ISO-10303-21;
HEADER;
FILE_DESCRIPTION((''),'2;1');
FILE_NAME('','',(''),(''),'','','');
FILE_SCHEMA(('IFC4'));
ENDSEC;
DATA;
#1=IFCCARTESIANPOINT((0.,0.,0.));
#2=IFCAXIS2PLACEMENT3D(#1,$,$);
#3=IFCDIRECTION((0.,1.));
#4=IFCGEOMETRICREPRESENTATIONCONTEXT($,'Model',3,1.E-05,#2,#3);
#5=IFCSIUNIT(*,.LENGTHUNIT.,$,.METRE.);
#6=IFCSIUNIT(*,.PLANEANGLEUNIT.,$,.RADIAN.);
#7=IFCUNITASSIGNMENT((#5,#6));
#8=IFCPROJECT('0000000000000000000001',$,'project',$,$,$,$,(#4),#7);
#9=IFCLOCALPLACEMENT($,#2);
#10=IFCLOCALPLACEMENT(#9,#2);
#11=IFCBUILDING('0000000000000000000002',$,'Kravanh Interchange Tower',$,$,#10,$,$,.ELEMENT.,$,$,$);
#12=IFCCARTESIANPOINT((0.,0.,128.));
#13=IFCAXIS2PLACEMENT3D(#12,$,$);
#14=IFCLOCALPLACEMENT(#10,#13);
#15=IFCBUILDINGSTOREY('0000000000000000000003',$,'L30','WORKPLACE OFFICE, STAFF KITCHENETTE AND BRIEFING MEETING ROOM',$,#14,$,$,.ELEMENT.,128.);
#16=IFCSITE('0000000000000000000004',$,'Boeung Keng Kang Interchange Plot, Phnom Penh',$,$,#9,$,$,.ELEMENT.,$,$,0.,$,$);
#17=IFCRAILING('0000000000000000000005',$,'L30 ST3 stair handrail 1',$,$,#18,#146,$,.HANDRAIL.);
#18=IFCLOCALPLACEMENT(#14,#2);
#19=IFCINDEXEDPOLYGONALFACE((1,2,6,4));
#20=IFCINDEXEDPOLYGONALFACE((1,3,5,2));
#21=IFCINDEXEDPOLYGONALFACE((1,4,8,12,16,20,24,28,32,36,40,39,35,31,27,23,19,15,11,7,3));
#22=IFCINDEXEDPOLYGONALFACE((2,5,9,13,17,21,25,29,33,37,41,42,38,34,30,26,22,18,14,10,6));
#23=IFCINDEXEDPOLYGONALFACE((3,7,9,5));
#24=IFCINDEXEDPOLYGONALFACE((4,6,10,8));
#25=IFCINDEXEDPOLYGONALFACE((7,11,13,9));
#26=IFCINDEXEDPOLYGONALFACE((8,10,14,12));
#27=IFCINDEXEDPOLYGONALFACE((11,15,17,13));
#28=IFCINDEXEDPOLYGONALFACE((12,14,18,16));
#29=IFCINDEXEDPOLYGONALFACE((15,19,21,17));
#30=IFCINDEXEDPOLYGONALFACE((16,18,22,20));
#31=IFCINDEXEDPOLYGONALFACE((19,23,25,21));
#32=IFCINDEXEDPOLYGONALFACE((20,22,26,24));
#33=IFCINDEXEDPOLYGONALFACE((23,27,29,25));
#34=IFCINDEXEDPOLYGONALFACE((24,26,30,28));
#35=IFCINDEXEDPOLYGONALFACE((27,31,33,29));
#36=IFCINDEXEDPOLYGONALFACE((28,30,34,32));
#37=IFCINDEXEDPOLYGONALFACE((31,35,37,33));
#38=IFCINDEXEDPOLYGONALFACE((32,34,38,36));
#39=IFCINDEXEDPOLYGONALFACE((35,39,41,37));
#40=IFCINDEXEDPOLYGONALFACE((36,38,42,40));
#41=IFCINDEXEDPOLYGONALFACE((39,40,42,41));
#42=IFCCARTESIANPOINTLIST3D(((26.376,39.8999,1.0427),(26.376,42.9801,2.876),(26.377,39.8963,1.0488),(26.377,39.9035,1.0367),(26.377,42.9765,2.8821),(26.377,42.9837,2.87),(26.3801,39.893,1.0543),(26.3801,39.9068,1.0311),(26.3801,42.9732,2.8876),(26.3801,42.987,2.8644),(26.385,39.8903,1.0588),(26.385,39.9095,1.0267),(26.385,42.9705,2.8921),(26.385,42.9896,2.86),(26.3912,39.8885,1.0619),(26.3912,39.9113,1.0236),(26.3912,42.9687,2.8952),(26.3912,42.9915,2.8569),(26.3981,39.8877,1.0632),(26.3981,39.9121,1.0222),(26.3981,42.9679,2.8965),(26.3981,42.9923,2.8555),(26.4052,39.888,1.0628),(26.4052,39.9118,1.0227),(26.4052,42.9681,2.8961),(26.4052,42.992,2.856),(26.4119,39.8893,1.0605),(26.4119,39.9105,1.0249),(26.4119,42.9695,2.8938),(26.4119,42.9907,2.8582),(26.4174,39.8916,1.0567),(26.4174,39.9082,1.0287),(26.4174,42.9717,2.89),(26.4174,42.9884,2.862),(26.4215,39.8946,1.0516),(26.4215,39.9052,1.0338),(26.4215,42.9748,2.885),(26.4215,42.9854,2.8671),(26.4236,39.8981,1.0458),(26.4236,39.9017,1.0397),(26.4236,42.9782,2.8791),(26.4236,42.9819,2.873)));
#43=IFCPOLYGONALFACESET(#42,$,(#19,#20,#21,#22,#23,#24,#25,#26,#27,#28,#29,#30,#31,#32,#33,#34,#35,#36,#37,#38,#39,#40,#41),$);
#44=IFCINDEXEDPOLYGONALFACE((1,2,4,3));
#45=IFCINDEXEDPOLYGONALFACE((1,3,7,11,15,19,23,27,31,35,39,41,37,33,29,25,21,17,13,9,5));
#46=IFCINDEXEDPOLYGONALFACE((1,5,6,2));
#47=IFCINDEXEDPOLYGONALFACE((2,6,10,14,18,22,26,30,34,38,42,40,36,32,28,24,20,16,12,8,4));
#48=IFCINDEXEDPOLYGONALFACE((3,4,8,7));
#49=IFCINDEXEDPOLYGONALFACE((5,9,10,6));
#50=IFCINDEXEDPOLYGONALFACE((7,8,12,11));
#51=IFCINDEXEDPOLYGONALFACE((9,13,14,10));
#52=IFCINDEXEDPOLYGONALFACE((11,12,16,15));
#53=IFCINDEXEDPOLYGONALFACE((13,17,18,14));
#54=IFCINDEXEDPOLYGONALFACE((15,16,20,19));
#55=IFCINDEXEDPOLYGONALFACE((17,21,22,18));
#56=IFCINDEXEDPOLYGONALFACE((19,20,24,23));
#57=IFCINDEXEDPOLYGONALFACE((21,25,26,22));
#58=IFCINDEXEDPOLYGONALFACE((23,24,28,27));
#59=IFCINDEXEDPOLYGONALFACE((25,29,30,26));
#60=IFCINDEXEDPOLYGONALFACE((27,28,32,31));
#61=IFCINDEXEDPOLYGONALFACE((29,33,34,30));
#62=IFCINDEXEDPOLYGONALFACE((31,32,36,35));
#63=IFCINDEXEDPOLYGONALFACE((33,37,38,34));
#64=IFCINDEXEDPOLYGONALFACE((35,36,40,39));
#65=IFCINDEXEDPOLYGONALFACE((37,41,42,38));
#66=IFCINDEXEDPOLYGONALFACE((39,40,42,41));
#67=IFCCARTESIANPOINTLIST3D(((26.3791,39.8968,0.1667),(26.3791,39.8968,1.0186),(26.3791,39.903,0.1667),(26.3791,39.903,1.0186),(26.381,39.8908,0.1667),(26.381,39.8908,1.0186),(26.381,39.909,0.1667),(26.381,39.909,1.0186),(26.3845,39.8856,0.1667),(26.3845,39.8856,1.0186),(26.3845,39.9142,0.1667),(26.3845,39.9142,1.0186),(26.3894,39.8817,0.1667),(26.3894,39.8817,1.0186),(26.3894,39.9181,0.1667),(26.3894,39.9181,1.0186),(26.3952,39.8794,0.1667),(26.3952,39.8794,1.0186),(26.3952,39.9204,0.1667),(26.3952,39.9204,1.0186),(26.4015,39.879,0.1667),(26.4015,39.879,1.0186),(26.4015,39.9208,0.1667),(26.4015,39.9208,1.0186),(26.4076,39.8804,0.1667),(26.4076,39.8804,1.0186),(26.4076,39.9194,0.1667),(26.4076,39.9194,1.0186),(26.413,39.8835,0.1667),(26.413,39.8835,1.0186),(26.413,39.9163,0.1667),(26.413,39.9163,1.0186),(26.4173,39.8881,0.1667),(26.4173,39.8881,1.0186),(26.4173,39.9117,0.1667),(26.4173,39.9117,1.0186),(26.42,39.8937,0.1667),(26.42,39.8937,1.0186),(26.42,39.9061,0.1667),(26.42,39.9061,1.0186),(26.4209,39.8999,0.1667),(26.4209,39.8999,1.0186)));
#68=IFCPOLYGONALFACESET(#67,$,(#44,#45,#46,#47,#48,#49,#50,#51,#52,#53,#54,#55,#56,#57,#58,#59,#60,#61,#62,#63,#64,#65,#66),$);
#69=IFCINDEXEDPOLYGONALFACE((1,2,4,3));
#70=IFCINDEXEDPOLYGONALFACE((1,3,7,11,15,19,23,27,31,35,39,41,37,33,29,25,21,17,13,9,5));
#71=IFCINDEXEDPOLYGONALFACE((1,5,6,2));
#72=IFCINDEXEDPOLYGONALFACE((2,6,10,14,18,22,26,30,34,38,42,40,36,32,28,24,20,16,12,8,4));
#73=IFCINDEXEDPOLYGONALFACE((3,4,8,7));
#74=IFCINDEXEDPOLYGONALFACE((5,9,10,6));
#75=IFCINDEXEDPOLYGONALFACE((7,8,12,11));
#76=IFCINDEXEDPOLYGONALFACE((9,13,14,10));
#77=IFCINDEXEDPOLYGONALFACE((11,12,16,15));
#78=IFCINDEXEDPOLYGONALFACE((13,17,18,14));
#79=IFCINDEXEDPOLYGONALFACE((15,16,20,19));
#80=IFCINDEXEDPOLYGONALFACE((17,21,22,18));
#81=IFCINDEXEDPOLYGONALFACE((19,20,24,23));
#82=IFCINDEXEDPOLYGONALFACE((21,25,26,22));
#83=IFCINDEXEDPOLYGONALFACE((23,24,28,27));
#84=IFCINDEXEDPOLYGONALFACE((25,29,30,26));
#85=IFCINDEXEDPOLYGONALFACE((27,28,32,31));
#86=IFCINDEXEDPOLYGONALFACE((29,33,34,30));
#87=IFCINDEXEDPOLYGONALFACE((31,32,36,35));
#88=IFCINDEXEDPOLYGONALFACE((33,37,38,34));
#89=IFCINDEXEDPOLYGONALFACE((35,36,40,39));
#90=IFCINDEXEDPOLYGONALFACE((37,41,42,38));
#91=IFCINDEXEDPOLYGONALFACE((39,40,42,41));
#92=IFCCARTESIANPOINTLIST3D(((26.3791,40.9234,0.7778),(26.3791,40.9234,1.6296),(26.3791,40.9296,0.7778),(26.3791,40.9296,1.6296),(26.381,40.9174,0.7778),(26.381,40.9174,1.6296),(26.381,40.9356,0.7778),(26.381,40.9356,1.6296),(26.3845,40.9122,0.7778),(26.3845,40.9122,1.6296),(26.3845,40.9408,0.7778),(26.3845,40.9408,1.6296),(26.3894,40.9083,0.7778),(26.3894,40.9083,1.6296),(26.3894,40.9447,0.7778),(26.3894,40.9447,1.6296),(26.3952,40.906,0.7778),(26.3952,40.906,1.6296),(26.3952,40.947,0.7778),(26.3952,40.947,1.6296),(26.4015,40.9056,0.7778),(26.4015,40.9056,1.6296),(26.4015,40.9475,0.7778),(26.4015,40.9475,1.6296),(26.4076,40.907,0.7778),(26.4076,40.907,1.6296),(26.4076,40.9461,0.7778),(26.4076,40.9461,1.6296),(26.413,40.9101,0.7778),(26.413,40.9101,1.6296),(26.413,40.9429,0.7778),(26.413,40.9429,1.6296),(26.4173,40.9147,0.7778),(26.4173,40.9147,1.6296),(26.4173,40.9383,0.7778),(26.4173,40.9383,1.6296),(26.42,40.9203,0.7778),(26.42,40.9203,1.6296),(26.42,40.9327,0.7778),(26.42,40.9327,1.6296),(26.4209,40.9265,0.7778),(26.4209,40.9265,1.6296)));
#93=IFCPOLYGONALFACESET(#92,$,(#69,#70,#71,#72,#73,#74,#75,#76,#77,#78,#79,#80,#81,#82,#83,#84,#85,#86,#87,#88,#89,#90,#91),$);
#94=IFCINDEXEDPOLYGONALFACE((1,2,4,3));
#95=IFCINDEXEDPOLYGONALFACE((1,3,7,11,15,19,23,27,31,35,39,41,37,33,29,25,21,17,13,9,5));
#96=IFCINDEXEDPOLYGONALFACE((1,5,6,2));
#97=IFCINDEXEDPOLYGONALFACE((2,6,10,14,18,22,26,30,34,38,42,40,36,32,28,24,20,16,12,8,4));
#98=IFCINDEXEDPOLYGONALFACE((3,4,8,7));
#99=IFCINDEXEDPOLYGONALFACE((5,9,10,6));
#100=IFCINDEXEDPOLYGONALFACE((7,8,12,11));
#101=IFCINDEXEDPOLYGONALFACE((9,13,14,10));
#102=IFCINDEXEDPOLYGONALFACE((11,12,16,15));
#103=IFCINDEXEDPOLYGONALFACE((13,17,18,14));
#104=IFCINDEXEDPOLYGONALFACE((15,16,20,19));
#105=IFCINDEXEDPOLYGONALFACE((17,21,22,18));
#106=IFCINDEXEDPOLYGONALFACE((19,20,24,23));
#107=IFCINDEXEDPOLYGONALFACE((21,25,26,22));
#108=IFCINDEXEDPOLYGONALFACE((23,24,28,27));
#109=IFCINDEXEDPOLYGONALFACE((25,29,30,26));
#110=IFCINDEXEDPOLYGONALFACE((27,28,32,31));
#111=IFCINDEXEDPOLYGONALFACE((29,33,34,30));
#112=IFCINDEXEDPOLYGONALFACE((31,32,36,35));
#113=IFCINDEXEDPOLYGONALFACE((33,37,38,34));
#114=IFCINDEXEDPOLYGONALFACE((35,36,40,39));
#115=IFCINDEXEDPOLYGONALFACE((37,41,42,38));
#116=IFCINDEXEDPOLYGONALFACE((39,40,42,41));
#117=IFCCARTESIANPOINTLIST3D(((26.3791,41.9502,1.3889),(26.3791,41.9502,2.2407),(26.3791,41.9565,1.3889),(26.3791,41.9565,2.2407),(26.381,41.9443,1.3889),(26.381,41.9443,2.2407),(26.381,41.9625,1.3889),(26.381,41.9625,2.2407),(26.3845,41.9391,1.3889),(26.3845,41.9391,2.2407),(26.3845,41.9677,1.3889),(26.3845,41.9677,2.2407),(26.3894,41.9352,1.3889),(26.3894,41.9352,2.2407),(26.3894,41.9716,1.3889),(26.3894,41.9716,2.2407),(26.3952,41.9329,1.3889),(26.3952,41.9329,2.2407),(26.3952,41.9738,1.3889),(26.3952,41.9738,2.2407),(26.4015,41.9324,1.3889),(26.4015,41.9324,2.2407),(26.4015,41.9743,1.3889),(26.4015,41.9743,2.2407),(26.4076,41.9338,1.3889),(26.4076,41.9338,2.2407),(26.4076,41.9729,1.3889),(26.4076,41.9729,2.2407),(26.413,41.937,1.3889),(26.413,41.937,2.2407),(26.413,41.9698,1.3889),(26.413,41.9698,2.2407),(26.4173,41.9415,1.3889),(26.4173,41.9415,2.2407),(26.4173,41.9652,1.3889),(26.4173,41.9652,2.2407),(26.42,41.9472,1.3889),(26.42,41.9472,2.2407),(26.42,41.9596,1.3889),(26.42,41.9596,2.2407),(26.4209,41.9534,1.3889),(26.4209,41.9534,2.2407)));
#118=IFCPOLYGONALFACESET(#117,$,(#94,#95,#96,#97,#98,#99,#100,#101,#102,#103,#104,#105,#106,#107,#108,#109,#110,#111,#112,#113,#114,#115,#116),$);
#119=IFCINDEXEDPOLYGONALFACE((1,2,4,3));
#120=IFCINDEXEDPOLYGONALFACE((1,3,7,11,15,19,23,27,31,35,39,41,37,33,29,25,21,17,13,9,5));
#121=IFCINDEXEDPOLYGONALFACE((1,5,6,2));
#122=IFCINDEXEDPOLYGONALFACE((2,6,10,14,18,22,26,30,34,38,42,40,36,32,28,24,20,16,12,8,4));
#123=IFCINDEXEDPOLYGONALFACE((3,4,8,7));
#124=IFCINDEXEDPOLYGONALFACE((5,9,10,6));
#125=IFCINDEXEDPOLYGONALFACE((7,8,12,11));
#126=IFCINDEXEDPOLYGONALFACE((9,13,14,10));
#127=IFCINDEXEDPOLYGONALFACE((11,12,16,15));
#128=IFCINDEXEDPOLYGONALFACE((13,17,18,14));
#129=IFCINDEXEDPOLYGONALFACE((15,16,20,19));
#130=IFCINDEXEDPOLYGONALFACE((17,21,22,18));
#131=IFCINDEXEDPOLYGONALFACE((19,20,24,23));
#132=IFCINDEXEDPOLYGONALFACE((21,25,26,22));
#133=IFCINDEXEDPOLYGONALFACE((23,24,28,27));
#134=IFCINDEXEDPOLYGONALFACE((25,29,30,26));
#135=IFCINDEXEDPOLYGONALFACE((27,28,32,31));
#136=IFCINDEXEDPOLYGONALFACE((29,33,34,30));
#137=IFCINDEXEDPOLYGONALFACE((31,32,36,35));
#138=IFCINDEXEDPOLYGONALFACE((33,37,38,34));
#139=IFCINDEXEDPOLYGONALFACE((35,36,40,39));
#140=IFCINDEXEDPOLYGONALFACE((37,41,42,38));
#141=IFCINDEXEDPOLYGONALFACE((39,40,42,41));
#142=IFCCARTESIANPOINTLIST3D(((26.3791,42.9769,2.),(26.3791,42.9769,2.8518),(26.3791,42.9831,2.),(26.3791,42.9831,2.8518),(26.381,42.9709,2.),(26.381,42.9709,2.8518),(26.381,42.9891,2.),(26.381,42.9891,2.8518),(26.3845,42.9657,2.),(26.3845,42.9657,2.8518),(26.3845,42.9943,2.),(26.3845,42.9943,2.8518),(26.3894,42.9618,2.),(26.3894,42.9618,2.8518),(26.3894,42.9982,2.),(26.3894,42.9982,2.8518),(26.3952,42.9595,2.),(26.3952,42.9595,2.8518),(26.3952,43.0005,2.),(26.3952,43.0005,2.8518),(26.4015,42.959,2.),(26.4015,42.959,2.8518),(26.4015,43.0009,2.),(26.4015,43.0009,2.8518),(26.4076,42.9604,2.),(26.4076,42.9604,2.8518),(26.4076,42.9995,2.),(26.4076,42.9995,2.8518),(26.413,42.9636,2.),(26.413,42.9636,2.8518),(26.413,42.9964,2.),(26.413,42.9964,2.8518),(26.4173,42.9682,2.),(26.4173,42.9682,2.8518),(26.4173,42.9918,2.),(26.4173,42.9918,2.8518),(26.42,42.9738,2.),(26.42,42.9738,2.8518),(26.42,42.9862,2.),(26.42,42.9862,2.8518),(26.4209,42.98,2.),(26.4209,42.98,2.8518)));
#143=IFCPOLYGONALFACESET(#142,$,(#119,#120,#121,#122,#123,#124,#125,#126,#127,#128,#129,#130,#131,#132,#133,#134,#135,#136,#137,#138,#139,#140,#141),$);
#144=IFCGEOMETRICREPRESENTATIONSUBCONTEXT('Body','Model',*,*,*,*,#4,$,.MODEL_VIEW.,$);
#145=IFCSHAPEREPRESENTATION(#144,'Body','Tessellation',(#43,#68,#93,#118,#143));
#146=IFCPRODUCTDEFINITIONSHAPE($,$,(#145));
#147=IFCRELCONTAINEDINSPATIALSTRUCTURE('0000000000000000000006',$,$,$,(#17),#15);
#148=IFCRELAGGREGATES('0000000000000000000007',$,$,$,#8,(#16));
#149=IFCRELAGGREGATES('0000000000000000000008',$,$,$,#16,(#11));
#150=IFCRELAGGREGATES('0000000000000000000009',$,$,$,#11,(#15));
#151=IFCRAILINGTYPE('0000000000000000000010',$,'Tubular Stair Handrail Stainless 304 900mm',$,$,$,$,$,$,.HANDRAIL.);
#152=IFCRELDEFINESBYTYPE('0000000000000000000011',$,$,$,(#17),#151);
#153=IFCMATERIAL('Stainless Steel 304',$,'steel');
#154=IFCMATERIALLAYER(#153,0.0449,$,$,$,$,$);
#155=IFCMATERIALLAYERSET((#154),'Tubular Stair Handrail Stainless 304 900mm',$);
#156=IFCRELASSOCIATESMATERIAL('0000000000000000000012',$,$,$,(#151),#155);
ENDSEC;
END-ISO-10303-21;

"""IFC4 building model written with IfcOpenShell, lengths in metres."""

from ifc_helpers import new_model, si_unit, direction, frame, origin, origin_2d, place, context, subcontext, project, spatial, circle, extrude, material, layer, layer_set, type_object, element, save


model = new_model("IFC4")

# Units and contexts
model_context = context("Model", 3, precision=1e-05, world=origin(), true_north=direction((0.0, 1.0)))
body_context = subcontext(model_context, "Body", "Model", "MODEL_VIEW")
ifc_project = project(units=[si_unit("LENGTHUNIT", "METRE"), si_unit("PLANEANGLEUNIT", "RADIAN")], contexts=[model_context])

# Site, building, storey
site_placement = place(None, origin())
site = spatial("IfcSite", under=ifc_project, at=site_placement, Name="Boeung Keng Kang Interchange Plot, Phnom Penh", CompositionType="ELEMENT", RefElevation=0.0)
building_placement = place(site_placement, origin())
building = spatial("IfcBuilding", under=site, at=building_placement, Name="Kravanh Interchange Tower", CompositionType="ELEMENT")
storey_placement = place(building_placement, frame((0.0, 0.0, 128.0)))
storey = spatial("IfcBuildingStorey", under=building, at=storey_placement, Name="L30", Description="WORKPLACE OFFICE, STAFF KITCHENETTE AND BRIEFING MEETING ROOM", CompositionType="ELEMENT", Elevation=128.0)

# Railing
ifc_material_1 = material(Name="Stainless Steel 304", Category="steel")
ifc_layer_1 = layer(ifc_material_1, 0.0449)
ifc_layer_set_1 = layer_set([ifc_layer_1], Name="Tubular Stair Handrail Stainless 304 900mm")
railing_type_1 = type_object("IfcRailingType", Name="Tubular Stair Handrail Stainless 304 900mm", PredefinedType="HANDRAIL", material=ifc_layer_set_1)
railing_1_placement = place(storey_placement, frame((26.3999, 39.8999, 0.1667)))
element("IfcRailing", 1, at=railing_1_placement, inside=storey, type_object=railing_type_1, Name="L30 ST3 stair handrail 1", PredefinedType="HANDRAIL", context=body_context, shape_type="SweptSolid", body=[
    extrude(circle(Radius=0.0239, at=origin_2d()), frame((0.0, 0.0, 0.876), z_axis=(0.0, 0.859309, 0.511458), x_axis=(-1.0, 0.0, 0.0)), (0.0, 0.0, 1.0), 3.5845),
    extrude(circle(Radius=0.021, at=origin_2d()), origin(), (0.0, 0.0, 1.0), 0.8518),
    extrude(circle(Radius=0.021, at=origin_2d()), frame((0.0, 1.0266, 0.6111)), (0.0, 0.0, 1.0), 0.8518),
    extrude(circle(Radius=0.021, at=origin_2d()), frame((0.0, 2.0535, 1.2222)), (0.0, 0.0, 1.0), 0.8518),
    extrude(circle(Radius=0.021, at=origin_2d()), frame((0.0, 3.0801, 1.8333)), (0.0, 0.0, 1.0), 0.8518),
])

save(model, "model.ifc")
